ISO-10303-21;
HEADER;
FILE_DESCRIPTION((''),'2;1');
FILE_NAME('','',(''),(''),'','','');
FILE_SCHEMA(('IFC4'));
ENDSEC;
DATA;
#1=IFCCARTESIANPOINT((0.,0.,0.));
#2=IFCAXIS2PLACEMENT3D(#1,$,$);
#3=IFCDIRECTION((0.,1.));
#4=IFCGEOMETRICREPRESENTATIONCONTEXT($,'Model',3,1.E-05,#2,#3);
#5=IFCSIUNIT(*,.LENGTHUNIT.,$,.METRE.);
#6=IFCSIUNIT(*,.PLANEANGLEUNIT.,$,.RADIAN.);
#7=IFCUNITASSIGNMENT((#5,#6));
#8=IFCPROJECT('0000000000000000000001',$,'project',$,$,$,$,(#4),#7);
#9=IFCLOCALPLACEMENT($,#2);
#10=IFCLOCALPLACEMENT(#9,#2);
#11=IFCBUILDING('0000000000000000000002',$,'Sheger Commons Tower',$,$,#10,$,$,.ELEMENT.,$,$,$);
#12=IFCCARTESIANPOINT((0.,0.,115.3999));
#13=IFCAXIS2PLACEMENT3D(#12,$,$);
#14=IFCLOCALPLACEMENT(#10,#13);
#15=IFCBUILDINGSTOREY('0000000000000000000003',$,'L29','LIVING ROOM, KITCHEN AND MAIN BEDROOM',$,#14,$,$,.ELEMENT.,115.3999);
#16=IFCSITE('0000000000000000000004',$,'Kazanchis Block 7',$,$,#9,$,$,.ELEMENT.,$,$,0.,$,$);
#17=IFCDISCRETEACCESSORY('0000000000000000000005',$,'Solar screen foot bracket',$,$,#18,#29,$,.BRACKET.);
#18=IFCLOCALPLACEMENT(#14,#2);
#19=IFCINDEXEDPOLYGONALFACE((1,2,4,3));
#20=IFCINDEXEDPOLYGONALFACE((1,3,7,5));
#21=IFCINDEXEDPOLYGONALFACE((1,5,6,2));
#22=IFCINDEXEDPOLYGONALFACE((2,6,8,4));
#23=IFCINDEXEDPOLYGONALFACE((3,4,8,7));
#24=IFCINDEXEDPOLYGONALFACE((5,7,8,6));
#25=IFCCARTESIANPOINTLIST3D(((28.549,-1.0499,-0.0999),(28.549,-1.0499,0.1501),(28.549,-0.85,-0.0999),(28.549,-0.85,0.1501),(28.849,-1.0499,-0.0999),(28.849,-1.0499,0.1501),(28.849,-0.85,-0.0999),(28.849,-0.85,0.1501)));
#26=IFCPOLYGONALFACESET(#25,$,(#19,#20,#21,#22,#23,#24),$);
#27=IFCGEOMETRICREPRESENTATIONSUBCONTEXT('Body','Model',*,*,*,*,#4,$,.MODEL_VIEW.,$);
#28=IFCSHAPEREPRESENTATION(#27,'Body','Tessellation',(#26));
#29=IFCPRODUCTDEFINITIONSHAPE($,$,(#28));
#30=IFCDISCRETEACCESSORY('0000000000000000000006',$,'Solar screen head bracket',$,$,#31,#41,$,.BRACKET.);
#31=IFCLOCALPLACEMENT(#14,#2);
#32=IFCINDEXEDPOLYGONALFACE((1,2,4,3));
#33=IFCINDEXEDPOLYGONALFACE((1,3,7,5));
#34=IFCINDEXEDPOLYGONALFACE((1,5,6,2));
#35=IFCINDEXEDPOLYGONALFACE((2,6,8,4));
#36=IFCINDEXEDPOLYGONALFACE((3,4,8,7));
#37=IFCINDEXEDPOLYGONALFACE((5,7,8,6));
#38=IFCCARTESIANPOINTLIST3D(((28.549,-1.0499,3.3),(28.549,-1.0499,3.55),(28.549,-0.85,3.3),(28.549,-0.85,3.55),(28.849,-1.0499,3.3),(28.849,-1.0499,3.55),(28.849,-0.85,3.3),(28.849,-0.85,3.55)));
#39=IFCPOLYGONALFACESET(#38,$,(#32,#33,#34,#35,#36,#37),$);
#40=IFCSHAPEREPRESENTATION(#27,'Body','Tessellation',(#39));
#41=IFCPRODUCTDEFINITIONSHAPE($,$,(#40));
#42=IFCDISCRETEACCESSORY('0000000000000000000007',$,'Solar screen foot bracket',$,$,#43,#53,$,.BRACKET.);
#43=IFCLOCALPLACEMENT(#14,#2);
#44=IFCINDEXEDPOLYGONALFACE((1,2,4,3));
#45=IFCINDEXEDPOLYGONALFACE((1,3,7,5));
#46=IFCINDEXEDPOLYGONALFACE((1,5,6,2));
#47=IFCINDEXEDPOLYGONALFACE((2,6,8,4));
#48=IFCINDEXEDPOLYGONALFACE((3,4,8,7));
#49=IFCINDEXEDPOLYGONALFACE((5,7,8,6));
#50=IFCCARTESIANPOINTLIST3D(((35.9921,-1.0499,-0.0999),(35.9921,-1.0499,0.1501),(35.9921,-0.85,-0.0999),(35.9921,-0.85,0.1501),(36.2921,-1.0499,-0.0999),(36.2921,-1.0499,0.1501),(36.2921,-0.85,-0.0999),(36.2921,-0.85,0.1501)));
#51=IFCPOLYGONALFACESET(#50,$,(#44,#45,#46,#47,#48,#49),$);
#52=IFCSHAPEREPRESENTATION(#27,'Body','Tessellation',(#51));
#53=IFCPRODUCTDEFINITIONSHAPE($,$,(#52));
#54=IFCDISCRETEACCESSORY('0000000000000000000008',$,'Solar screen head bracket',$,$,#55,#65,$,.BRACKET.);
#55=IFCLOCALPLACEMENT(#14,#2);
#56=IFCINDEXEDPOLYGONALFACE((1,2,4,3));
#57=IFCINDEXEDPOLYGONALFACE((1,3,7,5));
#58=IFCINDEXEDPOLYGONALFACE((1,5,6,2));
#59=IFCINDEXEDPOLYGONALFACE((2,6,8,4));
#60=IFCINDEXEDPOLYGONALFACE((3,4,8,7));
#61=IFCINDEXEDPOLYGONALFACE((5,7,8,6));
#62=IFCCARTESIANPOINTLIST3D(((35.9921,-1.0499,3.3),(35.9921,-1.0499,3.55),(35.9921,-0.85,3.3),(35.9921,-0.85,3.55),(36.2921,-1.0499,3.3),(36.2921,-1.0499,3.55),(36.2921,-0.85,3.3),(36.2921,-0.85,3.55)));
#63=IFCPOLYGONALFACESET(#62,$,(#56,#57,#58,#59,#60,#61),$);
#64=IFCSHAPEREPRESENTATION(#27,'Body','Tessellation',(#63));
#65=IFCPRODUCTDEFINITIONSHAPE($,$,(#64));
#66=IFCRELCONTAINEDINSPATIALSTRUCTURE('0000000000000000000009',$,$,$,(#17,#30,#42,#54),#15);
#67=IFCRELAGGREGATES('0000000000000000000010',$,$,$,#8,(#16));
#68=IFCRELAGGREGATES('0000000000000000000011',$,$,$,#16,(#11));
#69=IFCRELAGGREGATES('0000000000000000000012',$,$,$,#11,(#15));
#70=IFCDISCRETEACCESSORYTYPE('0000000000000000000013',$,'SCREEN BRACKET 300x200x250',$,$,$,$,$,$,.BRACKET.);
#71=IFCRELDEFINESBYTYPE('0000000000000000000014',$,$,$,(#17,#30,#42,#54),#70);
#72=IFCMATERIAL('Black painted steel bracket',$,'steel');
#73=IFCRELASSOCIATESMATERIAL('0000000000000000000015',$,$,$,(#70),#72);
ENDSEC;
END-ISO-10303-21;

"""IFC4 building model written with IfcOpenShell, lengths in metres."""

from ifc_helpers import new_model, si_unit, direction, frame, origin, origin_2d, place, context, subcontext, project, spatial, rectangle, extrude, material, type_object, element, save


model = new_model("IFC4")

# Units and contexts
model_context = context("Model", 3, precision=1e-05, world=origin(), true_north=direction((0.0, 1.0)))
body_context = subcontext(model_context, "Body", "Model", "MODEL_VIEW")
ifc_project = project(units=[si_unit("LENGTHUNIT", "METRE"), si_unit("PLANEANGLEUNIT", "RADIAN")], contexts=[model_context])

# Site, building, storey
site_placement = place(None, origin())
site = spatial("IfcSite", under=ifc_project, at=site_placement, Name="Kazanchis Block 7", CompositionType="ELEMENT", RefElevation=0.0)
building_placement = place(site_placement, origin())
building = spatial("IfcBuilding", under=site, at=building_placement, Name="Sheger Commons Tower", CompositionType="ELEMENT")
storey_placement = place(building_placement, frame((0.0, 0.0, 115.3999)))
storey = spatial("IfcBuildingStorey", under=building, at=storey_placement, Name="L29", Description="LIVING ROOM, KITCHEN AND MAIN BEDROOM", CompositionType="ELEMENT", Elevation=115.3999)

# Discrete accessories
ifc_material_1 = material(Name="Black painted steel bracket", Category="steel")
discrete_accessory_type = type_object("IfcDiscreteAccessoryType", Name="SCREEN BRACKET 300x200x250", PredefinedType="BRACKET", material=ifc_material_1)
for number, where, z_axis, x_axis, name in (
    (1, (28.699, -0.95, -0.0999), (0.0, 0.0, 1.0), (1.0, 0.0, 0.0), "Solar screen foot bracket"),
    (2, (28.699, -0.95, 3.3), (0.0, 0.0, 1.0), (1.0, 0.0, 0.0), "Solar screen head bracket"),
    (3, (36.1421, -0.95, -0.0999), (0.0, 0.0, 1.0), (1.0, 0.0, 0.0), "Solar screen foot bracket"),
    (4, (36.1421, -0.95, 3.3), (0.0, 0.0, 1.0), (1.0, 0.0, 0.0), "Solar screen head bracket"),
):
    element("IfcDiscreteAccessory", number, at=place(storey_placement, frame(where, z_axis=z_axis, x_axis=x_axis)), inside=storey, type_object=discrete_accessory_type, Name=name, PredefinedType="BRACKET", context=body_context, shape_type="SweptSolid", body=[
        extrude(rectangle(XDim=0.3, YDim=0.2, at=origin_2d()), origin(), (0.0, 0.0, 1.0), 0.25),
    ])

save(model, "model.ifc")
